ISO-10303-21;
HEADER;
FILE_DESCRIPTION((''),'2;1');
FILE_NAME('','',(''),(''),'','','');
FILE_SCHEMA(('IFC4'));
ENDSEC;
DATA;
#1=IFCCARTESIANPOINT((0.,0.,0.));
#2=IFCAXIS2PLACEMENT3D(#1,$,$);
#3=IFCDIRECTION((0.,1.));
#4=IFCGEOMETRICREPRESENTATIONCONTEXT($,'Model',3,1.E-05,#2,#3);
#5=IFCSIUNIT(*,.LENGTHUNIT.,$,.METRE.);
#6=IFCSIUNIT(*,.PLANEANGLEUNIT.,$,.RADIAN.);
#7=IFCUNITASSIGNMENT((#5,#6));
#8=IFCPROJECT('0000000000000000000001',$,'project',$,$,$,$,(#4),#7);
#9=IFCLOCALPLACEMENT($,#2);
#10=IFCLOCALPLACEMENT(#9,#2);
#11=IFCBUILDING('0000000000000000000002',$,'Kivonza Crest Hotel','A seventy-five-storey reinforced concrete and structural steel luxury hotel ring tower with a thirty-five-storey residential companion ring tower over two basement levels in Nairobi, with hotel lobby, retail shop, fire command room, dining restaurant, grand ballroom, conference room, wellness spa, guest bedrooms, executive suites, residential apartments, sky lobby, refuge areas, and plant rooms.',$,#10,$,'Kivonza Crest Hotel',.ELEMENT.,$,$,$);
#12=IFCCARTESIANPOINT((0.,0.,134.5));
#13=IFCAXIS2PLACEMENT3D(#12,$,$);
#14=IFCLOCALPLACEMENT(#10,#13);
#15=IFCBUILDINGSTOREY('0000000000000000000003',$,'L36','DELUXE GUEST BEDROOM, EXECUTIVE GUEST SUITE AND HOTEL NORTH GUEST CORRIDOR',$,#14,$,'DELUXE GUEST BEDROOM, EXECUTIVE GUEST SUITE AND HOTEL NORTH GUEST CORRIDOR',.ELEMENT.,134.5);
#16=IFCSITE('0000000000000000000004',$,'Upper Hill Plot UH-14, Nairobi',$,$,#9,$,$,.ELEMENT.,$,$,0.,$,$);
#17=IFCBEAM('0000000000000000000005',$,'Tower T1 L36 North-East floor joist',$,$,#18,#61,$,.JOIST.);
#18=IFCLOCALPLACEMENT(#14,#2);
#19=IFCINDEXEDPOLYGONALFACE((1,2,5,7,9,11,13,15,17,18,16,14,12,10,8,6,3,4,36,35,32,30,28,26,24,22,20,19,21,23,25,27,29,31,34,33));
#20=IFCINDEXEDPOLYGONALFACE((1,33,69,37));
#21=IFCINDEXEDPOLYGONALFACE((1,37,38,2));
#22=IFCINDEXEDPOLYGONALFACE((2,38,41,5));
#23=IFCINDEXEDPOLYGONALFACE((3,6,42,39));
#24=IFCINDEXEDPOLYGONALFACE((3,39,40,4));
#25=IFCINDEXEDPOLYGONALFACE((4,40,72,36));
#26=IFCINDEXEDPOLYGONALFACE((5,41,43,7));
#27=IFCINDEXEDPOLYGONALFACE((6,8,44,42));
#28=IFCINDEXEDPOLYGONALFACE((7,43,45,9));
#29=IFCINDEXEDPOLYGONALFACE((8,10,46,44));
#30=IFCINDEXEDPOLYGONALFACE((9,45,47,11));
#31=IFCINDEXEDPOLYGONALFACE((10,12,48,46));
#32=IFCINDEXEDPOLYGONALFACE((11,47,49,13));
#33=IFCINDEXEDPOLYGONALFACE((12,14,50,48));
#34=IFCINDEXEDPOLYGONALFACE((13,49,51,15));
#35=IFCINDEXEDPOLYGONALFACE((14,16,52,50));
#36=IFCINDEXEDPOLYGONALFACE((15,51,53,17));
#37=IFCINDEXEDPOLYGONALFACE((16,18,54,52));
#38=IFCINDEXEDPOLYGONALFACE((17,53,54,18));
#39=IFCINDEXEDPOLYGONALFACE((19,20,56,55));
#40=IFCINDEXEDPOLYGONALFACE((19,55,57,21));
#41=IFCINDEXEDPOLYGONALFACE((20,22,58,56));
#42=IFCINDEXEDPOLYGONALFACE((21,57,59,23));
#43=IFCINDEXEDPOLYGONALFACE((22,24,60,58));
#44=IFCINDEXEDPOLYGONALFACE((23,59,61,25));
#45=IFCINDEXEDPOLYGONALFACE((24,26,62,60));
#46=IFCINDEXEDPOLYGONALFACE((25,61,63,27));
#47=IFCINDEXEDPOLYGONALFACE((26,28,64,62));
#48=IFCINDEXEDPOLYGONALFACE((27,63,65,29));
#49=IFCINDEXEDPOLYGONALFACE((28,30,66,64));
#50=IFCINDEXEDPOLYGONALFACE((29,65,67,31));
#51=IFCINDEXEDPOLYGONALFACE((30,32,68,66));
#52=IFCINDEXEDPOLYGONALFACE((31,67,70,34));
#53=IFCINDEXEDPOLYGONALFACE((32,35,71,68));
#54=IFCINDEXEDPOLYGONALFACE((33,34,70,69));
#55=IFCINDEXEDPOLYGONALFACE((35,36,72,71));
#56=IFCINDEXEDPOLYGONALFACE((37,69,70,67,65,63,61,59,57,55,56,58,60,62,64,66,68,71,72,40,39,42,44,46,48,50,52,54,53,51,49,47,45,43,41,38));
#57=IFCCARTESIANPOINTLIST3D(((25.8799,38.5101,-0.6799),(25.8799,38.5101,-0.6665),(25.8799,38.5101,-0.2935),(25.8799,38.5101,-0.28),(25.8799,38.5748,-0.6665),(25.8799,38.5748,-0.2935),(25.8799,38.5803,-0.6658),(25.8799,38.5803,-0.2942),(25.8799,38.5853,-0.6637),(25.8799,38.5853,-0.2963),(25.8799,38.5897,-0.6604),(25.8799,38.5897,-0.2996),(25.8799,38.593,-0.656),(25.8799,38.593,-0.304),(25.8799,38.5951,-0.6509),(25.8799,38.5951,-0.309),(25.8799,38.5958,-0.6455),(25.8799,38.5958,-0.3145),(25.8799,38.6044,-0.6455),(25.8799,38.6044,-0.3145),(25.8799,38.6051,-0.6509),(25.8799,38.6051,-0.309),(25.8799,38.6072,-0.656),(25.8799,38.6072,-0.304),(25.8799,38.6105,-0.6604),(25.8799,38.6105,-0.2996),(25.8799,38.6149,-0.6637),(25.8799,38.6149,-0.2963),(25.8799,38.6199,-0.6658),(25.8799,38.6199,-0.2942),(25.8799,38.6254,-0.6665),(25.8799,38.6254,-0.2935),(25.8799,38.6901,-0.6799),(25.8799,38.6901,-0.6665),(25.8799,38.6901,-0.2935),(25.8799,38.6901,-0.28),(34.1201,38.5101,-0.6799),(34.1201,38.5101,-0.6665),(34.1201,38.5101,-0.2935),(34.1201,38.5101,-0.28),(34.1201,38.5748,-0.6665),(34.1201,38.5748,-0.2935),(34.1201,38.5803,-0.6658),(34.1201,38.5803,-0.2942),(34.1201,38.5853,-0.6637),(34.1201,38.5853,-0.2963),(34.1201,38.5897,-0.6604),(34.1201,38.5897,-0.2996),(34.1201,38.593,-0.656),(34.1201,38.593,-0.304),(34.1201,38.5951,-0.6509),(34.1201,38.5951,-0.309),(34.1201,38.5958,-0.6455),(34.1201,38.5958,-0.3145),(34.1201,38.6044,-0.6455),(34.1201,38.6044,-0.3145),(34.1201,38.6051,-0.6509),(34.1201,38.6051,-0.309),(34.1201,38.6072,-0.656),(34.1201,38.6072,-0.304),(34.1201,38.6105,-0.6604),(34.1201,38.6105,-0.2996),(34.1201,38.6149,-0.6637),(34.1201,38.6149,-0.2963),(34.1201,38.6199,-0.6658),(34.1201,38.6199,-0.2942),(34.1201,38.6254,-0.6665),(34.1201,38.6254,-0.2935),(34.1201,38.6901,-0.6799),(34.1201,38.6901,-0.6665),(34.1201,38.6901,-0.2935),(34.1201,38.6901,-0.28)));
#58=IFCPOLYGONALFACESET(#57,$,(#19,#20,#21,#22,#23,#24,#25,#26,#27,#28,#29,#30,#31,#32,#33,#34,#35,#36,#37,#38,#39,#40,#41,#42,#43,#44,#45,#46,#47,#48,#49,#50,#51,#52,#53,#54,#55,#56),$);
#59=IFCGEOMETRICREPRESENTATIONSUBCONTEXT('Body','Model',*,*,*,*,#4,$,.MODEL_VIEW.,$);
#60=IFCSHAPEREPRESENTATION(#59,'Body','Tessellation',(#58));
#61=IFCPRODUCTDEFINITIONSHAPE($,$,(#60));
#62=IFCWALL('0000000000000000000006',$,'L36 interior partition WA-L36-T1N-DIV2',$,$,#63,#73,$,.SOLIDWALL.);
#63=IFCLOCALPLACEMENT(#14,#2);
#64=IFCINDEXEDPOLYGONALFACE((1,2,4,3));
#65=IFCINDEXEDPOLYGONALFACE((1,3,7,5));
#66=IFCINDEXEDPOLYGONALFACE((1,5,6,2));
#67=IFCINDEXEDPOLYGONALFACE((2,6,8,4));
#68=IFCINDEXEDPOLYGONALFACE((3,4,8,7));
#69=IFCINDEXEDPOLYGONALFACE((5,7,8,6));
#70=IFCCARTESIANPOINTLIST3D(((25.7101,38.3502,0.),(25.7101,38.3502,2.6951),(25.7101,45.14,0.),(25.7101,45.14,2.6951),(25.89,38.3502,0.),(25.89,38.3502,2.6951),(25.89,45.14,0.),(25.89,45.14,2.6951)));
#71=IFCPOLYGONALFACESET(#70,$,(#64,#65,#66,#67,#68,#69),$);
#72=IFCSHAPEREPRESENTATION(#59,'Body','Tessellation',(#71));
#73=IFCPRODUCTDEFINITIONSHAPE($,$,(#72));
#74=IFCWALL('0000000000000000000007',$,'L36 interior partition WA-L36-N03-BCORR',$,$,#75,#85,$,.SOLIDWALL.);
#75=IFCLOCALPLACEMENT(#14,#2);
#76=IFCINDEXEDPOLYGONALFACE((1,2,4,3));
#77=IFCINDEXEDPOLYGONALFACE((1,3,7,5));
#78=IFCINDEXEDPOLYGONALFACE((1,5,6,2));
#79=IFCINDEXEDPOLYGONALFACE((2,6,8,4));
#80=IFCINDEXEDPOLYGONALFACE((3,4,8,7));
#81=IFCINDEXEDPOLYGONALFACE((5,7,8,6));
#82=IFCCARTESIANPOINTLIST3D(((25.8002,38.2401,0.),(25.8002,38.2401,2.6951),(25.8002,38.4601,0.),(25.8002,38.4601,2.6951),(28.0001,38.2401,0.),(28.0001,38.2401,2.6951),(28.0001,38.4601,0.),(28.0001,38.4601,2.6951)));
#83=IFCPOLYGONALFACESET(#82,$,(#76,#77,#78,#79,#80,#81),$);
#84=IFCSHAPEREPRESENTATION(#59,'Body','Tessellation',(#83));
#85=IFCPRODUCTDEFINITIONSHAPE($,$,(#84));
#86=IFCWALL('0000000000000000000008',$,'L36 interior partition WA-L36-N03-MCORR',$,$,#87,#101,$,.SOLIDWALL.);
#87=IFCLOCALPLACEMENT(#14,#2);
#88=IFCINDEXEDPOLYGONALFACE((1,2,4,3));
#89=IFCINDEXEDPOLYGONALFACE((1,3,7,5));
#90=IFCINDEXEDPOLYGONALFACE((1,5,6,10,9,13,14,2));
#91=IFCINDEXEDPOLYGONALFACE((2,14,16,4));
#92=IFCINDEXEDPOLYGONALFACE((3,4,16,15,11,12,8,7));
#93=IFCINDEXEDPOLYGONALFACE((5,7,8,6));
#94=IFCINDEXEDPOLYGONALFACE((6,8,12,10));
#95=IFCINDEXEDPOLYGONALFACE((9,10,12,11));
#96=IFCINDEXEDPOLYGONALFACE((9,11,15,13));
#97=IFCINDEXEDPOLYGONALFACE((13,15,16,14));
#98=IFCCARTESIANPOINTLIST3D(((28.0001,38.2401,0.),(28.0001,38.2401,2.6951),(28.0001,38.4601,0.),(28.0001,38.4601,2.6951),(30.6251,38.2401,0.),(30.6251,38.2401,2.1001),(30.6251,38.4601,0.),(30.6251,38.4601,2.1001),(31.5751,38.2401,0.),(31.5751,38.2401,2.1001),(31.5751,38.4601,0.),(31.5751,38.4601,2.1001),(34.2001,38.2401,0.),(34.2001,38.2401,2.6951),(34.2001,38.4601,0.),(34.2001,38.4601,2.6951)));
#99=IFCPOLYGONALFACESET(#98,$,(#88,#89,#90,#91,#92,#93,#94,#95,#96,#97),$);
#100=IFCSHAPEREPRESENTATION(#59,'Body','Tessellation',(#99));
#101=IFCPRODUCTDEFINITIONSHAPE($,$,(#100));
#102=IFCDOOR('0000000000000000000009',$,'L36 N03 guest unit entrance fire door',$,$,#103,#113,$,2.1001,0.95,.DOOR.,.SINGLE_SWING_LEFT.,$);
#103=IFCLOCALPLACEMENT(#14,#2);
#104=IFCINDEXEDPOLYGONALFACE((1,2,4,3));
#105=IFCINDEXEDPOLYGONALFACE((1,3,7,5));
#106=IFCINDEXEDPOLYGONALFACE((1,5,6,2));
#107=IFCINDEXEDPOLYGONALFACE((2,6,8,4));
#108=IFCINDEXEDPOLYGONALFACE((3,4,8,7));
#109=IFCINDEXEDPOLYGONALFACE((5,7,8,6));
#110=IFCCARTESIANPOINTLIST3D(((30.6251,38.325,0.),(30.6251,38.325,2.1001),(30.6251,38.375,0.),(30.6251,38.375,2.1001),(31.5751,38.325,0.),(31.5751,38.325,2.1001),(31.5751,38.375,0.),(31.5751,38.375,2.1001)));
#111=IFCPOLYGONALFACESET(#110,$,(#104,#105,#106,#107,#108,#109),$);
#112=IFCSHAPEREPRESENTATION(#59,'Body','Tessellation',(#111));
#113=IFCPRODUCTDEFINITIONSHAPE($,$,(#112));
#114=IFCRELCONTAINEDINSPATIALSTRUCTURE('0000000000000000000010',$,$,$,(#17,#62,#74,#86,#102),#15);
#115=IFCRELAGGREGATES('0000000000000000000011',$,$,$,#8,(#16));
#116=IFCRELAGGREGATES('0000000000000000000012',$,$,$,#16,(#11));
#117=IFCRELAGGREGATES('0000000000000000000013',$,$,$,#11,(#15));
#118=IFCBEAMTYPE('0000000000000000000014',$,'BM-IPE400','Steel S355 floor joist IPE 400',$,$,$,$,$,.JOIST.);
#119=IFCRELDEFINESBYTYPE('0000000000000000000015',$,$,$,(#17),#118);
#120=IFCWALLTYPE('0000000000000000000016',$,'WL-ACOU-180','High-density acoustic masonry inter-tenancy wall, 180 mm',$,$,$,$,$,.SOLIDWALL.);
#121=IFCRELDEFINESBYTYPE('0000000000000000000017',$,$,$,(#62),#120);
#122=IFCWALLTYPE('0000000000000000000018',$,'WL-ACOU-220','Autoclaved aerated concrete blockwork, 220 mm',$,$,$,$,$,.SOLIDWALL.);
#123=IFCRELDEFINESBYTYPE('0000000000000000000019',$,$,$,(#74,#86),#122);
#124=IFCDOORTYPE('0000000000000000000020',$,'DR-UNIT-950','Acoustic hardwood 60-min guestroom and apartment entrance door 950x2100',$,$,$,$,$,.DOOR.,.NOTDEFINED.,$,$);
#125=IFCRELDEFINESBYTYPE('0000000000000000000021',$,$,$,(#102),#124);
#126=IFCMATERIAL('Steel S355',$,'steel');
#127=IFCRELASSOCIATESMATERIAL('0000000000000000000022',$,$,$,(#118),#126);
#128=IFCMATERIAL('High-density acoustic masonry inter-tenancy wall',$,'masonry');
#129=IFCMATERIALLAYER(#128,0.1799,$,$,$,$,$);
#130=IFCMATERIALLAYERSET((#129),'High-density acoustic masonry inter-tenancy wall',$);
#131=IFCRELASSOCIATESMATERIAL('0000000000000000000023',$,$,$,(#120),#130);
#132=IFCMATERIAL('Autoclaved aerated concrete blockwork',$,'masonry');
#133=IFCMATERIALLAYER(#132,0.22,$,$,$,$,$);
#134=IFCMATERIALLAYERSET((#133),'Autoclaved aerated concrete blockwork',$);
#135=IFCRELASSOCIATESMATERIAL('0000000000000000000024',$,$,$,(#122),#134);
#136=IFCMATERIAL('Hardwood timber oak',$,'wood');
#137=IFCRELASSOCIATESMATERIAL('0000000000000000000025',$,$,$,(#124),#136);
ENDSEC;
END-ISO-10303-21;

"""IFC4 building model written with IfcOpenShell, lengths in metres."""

from ifc_helpers import new_model, si_unit, direction, frame, frame_2d, origin, origin_2d, place, context, subcontext, project, spatial, rectangle, i_section, extrude, material, layer, layer_set, material_profile, profile_set, type_object, element, fill, save


model = new_model("IFC4")

# Units and contexts
model_context = context("Model", 3, precision=1e-05, world=origin(), true_north=direction((0.0, 1.0)))
body_context = subcontext(model_context, "Body", "Model", "MODEL_VIEW")
ifc_project = project(units=[si_unit("LENGTHUNIT", "METRE"), si_unit("PLANEANGLEUNIT", "RADIAN")], contexts=[model_context])

# Site, building, storey
site_placement = place(None, origin())
site = spatial("IfcSite", under=ifc_project, at=site_placement, Name="Upper Hill Plot UH-14, Nairobi", CompositionType="ELEMENT", RefElevation=0.0)
building_placement = place(site_placement, origin())
building = spatial("IfcBuilding", under=site, at=building_placement, Name="Kivonza Crest Hotel", Description="A seventy-five-storey reinforced concrete and structural steel luxury hotel ring tower with a thirty-five-storey residential companion ring tower over two basement levels in Nairobi, with hotel lobby, retail shop, fire command room, dining restaurant, grand ballroom, conference room, wellness spa, guest bedrooms, executive suites, residential apartments, sky lobby, refuge areas, and plant rooms.", LongName="Kivonza Crest Hotel", CompositionType="ELEMENT")
storey_placement = place(building_placement, frame((0.0, 0.0, 134.5)))
storey = spatial("IfcBuildingStorey", under=building, at=storey_placement, Name="L36", Description="DELUXE GUEST BEDROOM, EXECUTIVE GUEST SUITE AND HOTEL NORTH GUEST CORRIDOR", LongName="DELUXE GUEST BEDROOM, EXECUTIVE GUEST SUITE AND HOTEL NORTH GUEST CORRIDOR", CompositionType="ELEMENT", Elevation=134.5)

# Beam
ifc_material_1 = material(Name="Steel S355", Category="steel")
ifc_material_profile_1 = material_profile(ifc_material_1, i_section(OverallWidth=0.1799, OverallDepth=0.3999, WebThickness=0.0085, FlangeThickness=0.0134, FilletRadius=0.021, at=origin_2d()), Name="IPE 400")
ifc_profile_set_1 = profile_set([ifc_material_profile_1], Name="Steel S355")
beam_type_1 = type_object("IfcBeamType", Name="BM-IPE400", Description="Steel S355 floor joist IPE 400", PredefinedType="JOIST", material=ifc_profile_set_1)
beam_1_placement = place(storey_placement, frame((25.8799, 38.6001, -0.48), z_axis=(1.0, 0.0, 0.0), x_axis=(0.0, 1.0, 0.0)))
element("IfcBeam", 1, at=beam_1_placement, inside=storey, type_object=beam_type_1, Name="Tower T1 L36 North-East floor joist", PredefinedType="JOIST", context=body_context, shape_type="SweptSolid", body=[
    extrude(i_section(OverallWidth=0.1799, OverallDepth=0.3999, WebThickness=0.0085, FlangeThickness=0.0134, FilletRadius=0.021, at=origin_2d()), origin(), (0.0, 0.0, 1.0), 8.2402),
])

# Walls
ifc_material_2 = material(Name="High-density acoustic masonry inter-tenancy wall", Category="masonry")
ifc_layer_1 = layer(ifc_material_2, 0.1799)
ifc_layer_set_1 = layer_set([ifc_layer_1], Name="High-density acoustic masonry inter-tenancy wall")
wall_type_1 = type_object("IfcWallType", Name="WL-ACOU-180", Description="High-density acoustic masonry inter-tenancy wall, 180 mm", PredefinedType="SOLIDWALL", material=ifc_layer_set_1)
wall_1_placement = place(storey_placement, frame((25.8, 38.3501, 0.0), z_axis=(0.0, 0.0, 1.0), x_axis=(0.0, 1.0, 0.0)))
element("IfcWall", 2, at=wall_1_placement, inside=storey, type_object=wall_type_1, Name="L36 interior partition WA-L36-T1N-DIV2", PredefinedType="SOLIDWALL", context=body_context, shape_type="SweptSolid", body=[
    extrude(rectangle(XDim=6.7898, YDim=0.1799, at=frame_2d((3.395, 0.0))), origin(), (0.0, 0.0, 1.0), 2.6951),
])
ifc_material_3 = material(Name="Autoclaved aerated concrete blockwork", Category="masonry")
ifc_layer_2 = layer(ifc_material_3, 0.22)
ifc_layer_set_2 = layer_set([ifc_layer_2], Name="Autoclaved aerated concrete blockwork")
wall_type_2 = type_object("IfcWallType", Name="WL-ACOU-220", Description="Autoclaved aerated concrete blockwork, 220 mm", PredefinedType="SOLIDWALL", material=ifc_layer_set_2)
wall_2_placement = place(storey_placement, frame((25.8, 38.3501, 0.0), z_axis=(0.0, 0.0, 1.0), x_axis=(1.0, 0.0, 0.0)))
element("IfcWall", 3, at=wall_2_placement, inside=storey, type_object=wall_type_2, Name="L36 interior partition WA-L36-N03-BCORR", PredefinedType="SOLIDWALL", context=body_context, shape_type="SweptSolid", body=[
    extrude(rectangle(XDim=2.2, YDim=0.22, at=frame_2d((1.1001, 0.0))), origin(), (0.0, 0.0, 1.0), 2.6951),
])

# Wall, opening, door
wall_3_placement = place(storey_placement, frame((28.0, 38.3501, 0.0), z_axis=(0.0, 0.0, 1.0), x_axis=(1.0, 0.0, 0.0)))
wall_3 = element("IfcWall", 4, at=wall_3_placement, inside=storey, type_object=wall_type_2, Name="L36 interior partition WA-L36-N03-MCORR", PredefinedType="SOLIDWALL", context=body_context, shape_type="SweptSolid", body=[
    extrude(rectangle(XDim=6.2, YDim=0.22, at=frame_2d((3.1001, 0.0))), origin(), (0.0, 0.0, 1.0), 2.6951),
])
opening_1_placement = place(wall_3_placement, frame((2.625, 0.0, 0.0)))
opening_1 = element("IfcOpeningElement", 5, at=opening_1_placement, cuts=wall_3, PredefinedType="OPENING", context=body_context, shape_type="SweptSolid", body=[
    extrude(rectangle(XDim=0.95, YDim=2.1001, at=frame_2d((0.4751, 1.05))), frame((0.0, 0.1201, 0.0), z_axis=(0.0, -1.0, 0.0), x_axis=(1.0, 0.0, 0.0)), (0.0, 0.0, 1.0), 0.24),
])
ifc_material_4 = material(Name="Hardwood timber oak", Category="wood")
door_type_1 = type_object("IfcDoorType", Name="DR-UNIT-950", Description="Acoustic hardwood 60-min guestroom and apartment entrance door 950x2100", OperationType="NOTDEFINED", PredefinedType="DOOR", material=ifc_material_4)
door_1_placement = place(opening_1_placement, origin())
door_1 = element("IfcDoor", 6, at=door_1_placement, inside=storey, type_object=door_type_1, Name="L36 N03 guest unit entrance fire door", OperationType="SINGLE_SWING_LEFT", OverallHeight=2.1001, OverallWidth=0.95, PredefinedType="DOOR", context=body_context, shape_type="SweptSolid", body=[
    extrude(rectangle(XDim=0.95, YDim=2.1001, at=frame_2d((0.4751, 1.05))), frame((0.0, 0.0249, 0.0), z_axis=(0.0, -1.0, 0.0), x_axis=(1.0, 0.0, 0.0)), (0.0, 0.0, 1.0), 0.05),
])
fill(opening_1, door_1)

save(model, "model.ifc")
